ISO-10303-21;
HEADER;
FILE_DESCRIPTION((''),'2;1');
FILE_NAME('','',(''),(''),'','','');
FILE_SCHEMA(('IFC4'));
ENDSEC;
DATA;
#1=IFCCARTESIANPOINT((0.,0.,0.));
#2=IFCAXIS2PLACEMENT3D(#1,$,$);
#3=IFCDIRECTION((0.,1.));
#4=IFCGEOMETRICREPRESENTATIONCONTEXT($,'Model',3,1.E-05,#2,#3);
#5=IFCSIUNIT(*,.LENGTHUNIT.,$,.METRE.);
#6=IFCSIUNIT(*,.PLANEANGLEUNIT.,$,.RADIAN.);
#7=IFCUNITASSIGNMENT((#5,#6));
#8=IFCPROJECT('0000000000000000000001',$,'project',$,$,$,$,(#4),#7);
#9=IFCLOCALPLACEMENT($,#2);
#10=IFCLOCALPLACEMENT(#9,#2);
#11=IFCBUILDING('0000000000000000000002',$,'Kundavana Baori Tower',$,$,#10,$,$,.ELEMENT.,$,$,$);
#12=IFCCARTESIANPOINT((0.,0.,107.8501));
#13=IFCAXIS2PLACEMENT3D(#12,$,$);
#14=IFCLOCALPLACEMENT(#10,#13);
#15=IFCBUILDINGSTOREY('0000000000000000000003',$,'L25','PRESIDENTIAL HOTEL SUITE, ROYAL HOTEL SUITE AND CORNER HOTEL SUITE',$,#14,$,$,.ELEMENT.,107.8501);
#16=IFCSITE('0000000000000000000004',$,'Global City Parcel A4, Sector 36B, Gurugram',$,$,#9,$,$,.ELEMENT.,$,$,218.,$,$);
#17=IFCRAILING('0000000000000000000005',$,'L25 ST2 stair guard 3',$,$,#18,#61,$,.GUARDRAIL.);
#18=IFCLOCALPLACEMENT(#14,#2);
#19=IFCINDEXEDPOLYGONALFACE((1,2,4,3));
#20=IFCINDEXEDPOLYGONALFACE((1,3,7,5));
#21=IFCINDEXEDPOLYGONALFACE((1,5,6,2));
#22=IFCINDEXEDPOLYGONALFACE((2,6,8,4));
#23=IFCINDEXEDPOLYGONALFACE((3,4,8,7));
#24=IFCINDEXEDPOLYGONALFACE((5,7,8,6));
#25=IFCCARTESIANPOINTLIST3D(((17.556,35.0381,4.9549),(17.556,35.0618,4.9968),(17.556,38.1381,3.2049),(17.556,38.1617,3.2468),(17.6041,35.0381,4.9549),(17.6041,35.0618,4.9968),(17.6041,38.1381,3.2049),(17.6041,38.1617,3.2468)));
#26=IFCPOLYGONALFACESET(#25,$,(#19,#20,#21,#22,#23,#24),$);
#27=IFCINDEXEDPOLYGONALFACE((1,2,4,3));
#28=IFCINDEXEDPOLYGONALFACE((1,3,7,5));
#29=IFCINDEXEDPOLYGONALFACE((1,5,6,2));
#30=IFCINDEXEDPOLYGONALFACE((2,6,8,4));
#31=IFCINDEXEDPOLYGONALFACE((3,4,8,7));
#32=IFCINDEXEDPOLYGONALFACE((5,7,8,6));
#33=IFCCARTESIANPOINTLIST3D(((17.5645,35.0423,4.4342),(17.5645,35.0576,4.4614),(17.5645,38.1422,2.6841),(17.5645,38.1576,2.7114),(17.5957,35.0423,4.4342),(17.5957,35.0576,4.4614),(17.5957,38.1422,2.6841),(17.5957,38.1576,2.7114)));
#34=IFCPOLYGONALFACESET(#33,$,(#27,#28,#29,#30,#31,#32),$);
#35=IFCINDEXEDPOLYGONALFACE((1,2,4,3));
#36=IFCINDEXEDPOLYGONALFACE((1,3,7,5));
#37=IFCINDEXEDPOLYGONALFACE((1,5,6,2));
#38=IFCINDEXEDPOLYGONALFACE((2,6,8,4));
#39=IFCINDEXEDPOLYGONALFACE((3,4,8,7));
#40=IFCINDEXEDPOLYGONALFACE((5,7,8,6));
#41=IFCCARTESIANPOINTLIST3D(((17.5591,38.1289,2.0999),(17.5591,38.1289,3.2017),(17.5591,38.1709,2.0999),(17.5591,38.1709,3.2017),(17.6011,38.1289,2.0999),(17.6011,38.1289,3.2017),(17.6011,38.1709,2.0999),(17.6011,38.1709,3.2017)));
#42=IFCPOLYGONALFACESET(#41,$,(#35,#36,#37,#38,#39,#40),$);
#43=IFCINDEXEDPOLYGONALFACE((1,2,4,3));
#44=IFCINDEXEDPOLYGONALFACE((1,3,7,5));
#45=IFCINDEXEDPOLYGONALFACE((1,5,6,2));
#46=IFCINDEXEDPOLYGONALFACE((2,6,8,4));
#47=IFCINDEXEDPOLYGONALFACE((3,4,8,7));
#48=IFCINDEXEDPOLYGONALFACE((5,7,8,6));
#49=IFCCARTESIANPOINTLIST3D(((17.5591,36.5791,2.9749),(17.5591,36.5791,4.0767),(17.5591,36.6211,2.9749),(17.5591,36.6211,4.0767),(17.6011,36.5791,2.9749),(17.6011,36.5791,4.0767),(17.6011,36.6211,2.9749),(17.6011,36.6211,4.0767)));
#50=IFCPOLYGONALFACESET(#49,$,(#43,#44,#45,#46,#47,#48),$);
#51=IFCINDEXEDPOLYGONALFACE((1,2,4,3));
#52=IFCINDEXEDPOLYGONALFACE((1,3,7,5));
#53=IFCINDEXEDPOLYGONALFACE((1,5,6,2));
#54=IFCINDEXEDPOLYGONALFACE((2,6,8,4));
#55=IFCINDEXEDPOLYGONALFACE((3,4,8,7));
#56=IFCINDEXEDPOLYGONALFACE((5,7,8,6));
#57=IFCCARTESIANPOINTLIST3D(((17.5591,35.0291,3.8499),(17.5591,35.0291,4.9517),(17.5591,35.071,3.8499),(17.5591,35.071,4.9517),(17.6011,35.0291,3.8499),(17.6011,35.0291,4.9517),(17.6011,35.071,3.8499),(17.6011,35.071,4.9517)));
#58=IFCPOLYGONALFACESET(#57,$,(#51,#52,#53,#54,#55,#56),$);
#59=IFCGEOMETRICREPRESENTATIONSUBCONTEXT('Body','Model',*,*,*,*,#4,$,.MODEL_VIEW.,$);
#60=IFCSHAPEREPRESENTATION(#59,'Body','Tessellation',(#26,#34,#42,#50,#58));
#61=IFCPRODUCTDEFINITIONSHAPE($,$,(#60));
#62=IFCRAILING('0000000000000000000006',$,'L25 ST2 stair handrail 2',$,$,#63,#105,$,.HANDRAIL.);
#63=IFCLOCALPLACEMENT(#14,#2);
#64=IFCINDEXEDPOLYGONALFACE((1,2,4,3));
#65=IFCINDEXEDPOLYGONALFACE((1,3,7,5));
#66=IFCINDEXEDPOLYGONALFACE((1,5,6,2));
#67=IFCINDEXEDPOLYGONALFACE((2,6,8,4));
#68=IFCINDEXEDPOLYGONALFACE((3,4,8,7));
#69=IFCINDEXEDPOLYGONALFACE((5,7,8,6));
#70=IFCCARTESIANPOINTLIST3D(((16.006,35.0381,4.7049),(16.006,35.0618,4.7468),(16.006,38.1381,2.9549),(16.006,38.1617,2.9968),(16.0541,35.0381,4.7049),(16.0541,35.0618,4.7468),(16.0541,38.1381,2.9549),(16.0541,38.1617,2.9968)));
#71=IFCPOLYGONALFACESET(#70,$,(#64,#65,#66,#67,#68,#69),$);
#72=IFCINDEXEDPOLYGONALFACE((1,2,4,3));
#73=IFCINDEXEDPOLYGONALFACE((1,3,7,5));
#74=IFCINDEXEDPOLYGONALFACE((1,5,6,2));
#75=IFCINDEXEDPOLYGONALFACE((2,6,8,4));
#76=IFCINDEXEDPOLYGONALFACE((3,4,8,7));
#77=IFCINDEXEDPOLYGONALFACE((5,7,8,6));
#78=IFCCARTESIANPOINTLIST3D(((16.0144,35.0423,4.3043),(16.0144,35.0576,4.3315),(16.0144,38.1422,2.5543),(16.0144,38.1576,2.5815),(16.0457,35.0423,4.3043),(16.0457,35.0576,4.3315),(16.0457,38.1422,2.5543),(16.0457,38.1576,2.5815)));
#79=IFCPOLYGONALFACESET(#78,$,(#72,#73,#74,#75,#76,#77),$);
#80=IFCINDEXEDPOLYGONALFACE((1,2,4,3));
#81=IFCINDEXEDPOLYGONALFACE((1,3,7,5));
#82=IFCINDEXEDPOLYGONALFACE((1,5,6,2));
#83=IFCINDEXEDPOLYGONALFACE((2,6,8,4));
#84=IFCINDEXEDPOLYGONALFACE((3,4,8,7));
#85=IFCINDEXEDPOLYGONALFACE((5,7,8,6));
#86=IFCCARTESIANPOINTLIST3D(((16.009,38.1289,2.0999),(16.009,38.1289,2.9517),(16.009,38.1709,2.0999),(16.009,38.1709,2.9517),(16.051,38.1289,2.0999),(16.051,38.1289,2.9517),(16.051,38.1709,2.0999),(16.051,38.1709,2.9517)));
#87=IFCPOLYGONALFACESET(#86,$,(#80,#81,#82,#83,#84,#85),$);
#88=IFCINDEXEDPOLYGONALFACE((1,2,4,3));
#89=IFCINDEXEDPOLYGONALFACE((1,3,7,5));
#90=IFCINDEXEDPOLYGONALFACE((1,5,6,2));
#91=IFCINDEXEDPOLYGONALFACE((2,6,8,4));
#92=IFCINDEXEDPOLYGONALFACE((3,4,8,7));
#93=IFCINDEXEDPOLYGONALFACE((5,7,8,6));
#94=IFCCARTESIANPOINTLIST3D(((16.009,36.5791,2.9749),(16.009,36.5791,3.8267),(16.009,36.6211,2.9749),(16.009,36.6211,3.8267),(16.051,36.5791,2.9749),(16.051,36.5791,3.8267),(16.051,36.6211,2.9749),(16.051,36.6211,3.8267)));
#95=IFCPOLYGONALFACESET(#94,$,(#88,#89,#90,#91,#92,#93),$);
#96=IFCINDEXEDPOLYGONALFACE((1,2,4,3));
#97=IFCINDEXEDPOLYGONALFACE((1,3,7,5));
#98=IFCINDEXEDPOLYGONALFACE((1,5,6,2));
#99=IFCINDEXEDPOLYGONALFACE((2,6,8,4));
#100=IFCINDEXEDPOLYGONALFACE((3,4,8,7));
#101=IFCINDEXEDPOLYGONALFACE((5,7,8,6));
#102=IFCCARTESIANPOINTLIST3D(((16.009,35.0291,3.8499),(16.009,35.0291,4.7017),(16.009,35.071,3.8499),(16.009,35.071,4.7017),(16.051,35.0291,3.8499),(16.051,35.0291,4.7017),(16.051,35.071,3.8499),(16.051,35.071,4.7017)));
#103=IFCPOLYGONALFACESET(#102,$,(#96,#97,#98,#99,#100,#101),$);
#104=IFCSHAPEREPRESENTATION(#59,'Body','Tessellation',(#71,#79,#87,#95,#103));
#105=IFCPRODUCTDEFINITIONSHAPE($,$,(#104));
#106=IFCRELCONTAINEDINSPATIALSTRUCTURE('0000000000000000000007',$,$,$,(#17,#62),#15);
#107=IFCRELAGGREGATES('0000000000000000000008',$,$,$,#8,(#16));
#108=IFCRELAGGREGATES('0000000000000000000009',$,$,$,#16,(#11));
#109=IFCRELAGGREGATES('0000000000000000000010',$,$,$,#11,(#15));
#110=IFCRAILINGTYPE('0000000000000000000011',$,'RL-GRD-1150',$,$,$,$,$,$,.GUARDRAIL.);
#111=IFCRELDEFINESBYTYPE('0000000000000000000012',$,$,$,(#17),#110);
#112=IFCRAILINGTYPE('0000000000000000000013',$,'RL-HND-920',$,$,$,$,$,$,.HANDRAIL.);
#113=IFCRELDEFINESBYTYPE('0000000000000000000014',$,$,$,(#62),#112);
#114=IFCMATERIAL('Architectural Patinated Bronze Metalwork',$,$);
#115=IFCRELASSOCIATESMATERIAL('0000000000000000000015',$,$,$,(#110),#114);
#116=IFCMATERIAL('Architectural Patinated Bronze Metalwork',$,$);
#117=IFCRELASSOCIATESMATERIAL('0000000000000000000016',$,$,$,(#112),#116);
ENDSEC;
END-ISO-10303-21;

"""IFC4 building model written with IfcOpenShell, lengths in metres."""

from ifc_helpers import new_model, si_unit, direction, frame, origin, origin_2d, place, context, subcontext, project, spatial, rectangle, extrude, material, type_object, element, save


model = new_model("IFC4")

# Units and contexts
model_context = context("Model", 3, precision=1e-05, world=origin(), true_north=direction((0.0, 1.0)))
body_context = subcontext(model_context, "Body", "Model", "MODEL_VIEW")
ifc_project = project(units=[si_unit("LENGTHUNIT", "METRE"), si_unit("PLANEANGLEUNIT", "RADIAN")], contexts=[model_context])

# Site, building, storey
site_placement = place(None, origin())
site = spatial("IfcSite", under=ifc_project, at=site_placement, Name="Global City Parcel A4, Sector 36B, Gurugram", CompositionType="ELEMENT", RefElevation=218.0)
building_placement = place(site_placement, origin())
building = spatial("IfcBuilding", under=site, at=building_placement, Name="Kundavana Baori Tower", CompositionType="ELEMENT")
storey_placement = place(building_placement, frame((0.0, 0.0, 107.8501)))
storey = spatial("IfcBuildingStorey", under=building, at=storey_placement, Name="L25", Description="PRESIDENTIAL HOTEL SUITE, ROYAL HOTEL SUITE AND CORNER HOTEL SUITE", CompositionType="ELEMENT", Elevation=107.8501)

# Railings
ifc_material_1 = material(Name="Architectural Patinated Bronze Metalwork")
railing_type_1 = type_object("IfcRailingType", Name="RL-GRD-1150", PredefinedType="GUARDRAIL", material=ifc_material_1)
railing_1_placement = place(storey_placement, frame((17.5801, 38.1499, 2.0999)))
element("IfcRailing", 1, at=railing_1_placement, inside=storey, type_object=railing_type_1, Name="L25 ST2 stair guard 3", PredefinedType="GUARDRAIL", context=body_context, shape_type="SweptSolid", body=[
    extrude(rectangle(XDim=0.0481, YDim=0.0481, at=origin_2d()), frame((0.0, 0.0, 1.126), z_axis=(0.0, -0.870814, 0.491612), x_axis=(1.0, 0.0, 0.0)), (0.0, 0.0, 1.0), 3.5598),
    extrude(rectangle(XDim=0.0312, YDim=0.0312, at=origin_2d()), frame((0.0, 0.0, 0.5979), z_axis=(0.0, -0.870814, 0.491612), x_axis=(1.0, 0.0, 0.0)), (0.0, 0.0, 1.0), 3.5598),
    extrude(rectangle(XDim=0.042, YDim=0.042, at=origin_2d()), origin(), (0.0, 0.0, 1.0), 1.1018),
    extrude(rectangle(XDim=0.042, YDim=0.042, at=origin_2d()), frame((0.0, -1.5498, 0.875)), (0.0, 0.0, 1.0), 1.1018),
    extrude(rectangle(XDim=0.042, YDim=0.042, at=origin_2d()), frame((0.0, -3.0999, 1.75)), (0.0, 0.0, 1.0), 1.1018),
])
ifc_material_2 = material(Name="Architectural Patinated Bronze Metalwork")
railing_type_2 = type_object("IfcRailingType", Name="RL-HND-920", PredefinedType="HANDRAIL", material=ifc_material_2)
railing_2_placement = place(storey_placement, frame((16.03, 38.1499, 2.0999)))
element("IfcRailing", 2, at=railing_2_placement, inside=storey, type_object=railing_type_2, Name="L25 ST2 stair handrail 2", PredefinedType="HANDRAIL", context=body_context, shape_type="SweptSolid", body=[
    extrude(rectangle(XDim=0.0481, YDim=0.0481, at=origin_2d()), frame((0.0, 0.0, 0.876), z_axis=(0.0, -0.870814, 0.491612), x_axis=(1.0, 0.0, 0.0)), (0.0, 0.0, 1.0), 3.5598),
    extrude(rectangle(XDim=0.0312, YDim=0.0312, at=origin_2d()), frame((0.0, 0.0, 0.468), z_axis=(0.0, -0.870814, 0.491612), x_axis=(1.0, 0.0, 0.0)), (0.0, 0.0, 1.0), 3.5598),
    extrude(rectangle(XDim=0.042, YDim=0.042, at=origin_2d()), origin(), (0.0, 0.0, 1.0), 0.8518),
    extrude(rectangle(XDim=0.042, YDim=0.042, at=origin_2d()), frame((0.0, -1.5498, 0.875)), (0.0, 0.0, 1.0), 0.8518),
    extrude(rectangle(XDim=0.042, YDim=0.042, at=origin_2d()), frame((0.0, -3.0999, 1.75)), (0.0, 0.0, 1.0), 0.8518),
])

save(model, "model.ifc")
